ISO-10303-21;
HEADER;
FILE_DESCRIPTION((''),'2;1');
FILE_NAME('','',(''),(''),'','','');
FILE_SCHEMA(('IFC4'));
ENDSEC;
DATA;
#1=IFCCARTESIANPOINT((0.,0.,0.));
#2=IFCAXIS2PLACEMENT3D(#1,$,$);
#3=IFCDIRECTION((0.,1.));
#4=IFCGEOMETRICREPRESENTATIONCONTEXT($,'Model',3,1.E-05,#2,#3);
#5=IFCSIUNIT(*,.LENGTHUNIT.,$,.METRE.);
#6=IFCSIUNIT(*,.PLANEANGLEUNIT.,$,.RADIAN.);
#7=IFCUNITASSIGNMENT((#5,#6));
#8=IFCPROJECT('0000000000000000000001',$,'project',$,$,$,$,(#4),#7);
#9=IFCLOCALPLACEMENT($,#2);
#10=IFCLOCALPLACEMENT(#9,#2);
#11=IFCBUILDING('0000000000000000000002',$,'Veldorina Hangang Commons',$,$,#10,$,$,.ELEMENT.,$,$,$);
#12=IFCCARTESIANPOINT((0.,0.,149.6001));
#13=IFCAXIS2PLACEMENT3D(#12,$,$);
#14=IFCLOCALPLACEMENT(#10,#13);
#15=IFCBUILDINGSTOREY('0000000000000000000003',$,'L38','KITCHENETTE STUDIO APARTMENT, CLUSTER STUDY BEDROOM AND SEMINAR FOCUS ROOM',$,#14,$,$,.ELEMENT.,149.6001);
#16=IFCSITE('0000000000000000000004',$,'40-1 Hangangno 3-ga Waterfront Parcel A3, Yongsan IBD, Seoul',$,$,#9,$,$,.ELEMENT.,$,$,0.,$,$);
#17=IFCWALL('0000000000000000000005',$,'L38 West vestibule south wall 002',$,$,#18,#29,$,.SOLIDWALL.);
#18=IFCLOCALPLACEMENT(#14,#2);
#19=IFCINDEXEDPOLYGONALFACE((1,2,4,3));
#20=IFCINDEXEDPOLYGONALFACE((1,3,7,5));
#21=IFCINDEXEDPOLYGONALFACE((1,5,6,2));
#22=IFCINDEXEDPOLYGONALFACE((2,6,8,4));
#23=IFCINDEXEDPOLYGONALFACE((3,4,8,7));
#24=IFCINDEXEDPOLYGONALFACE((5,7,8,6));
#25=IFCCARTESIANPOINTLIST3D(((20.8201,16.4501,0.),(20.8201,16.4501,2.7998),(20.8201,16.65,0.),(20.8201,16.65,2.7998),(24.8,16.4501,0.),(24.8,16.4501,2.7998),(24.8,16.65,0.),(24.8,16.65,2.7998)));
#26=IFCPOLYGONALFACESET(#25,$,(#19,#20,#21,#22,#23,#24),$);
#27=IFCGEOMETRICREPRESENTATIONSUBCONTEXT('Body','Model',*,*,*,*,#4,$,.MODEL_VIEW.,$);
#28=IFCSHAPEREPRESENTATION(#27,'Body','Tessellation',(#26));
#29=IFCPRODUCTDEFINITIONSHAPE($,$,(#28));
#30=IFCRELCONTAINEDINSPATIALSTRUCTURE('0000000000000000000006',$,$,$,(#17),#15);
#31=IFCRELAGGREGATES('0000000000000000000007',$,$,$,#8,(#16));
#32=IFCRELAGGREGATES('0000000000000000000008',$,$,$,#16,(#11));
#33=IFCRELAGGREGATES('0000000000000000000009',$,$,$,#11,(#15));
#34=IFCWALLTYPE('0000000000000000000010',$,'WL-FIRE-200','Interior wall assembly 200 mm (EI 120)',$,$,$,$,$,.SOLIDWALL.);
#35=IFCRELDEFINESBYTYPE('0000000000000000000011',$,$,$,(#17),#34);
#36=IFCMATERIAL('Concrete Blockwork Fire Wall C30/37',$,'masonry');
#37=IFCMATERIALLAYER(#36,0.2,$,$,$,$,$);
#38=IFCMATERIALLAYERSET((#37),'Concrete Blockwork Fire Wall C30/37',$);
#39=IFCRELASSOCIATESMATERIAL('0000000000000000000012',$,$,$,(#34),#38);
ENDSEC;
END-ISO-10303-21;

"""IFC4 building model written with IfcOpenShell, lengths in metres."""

from ifc_helpers import new_model, si_unit, direction, frame, frame_2d, origin, place, context, subcontext, project, spatial, rectangle, extrude, material, layer, layer_set, type_object, element, save


model = new_model("IFC4")

# Units and contexts
model_context = context("Model", 3, precision=1e-05, world=origin(), true_north=direction((0.0, 1.0)))
body_context = subcontext(model_context, "Body", "Model", "MODEL_VIEW")
ifc_project = project(units=[si_unit("LENGTHUNIT", "METRE"), si_unit("PLANEANGLEUNIT", "RADIAN")], contexts=[model_context])

# Site, building, storey
site_placement = place(None, origin())
site = spatial("IfcSite", under=ifc_project, at=site_placement, Name="40-1 Hangangno 3-ga Waterfront Parcel A3, Yongsan IBD, Seoul", CompositionType="ELEMENT", RefElevation=0.0)
building_placement = place(site_placement, origin())
building = spatial("IfcBuilding", under=site, at=building_placement, Name="Veldorina Hangang Commons", CompositionType="ELEMENT")
storey_placement = place(building_placement, frame((0.0, 0.0, 149.6001)))
storey = spatial("IfcBuildingStorey", under=building, at=storey_placement, Name="L38", Description="KITCHENETTE STUDIO APARTMENT, CLUSTER STUDY BEDROOM AND SEMINAR FOCUS ROOM", CompositionType="ELEMENT", Elevation=149.6001)

# Shared definitions
ifc_material_1 = material(Name="Concrete Blockwork Fire Wall C30/37", Category="masonry")
ifc_layer_1 = layer(ifc_material_1, 0.2)
ifc_layer_set_1 = layer_set([ifc_layer_1], Name="Concrete Blockwork Fire Wall C30/37")
wall_type_1 = type_object("IfcWallType", Name="WL-FIRE-200", Description="Interior wall assembly 200 mm (EI 120)", PredefinedType="SOLIDWALL", material=ifc_layer_set_1)

# Wall
wall_1_placement = place(storey_placement, frame((20.8201, 16.55, 0.0), z_axis=(0.0, 0.0, 1.0), x_axis=(1.0, 0.0, 0.0)))
element("IfcWall", 1, at=wall_1_placement, inside=storey, type_object=wall_type_1, Name="L38 West vestibule south wall 002", PredefinedType="SOLIDWALL", context=body_context, shape_type="SweptSolid", body=[
    extrude(rectangle(XDim=3.98, YDim=0.2, at=frame_2d((1.99, 0.0))), origin(), (0.0, 0.0, 1.0), 2.7998),
])

save(model, "model.ifc")
